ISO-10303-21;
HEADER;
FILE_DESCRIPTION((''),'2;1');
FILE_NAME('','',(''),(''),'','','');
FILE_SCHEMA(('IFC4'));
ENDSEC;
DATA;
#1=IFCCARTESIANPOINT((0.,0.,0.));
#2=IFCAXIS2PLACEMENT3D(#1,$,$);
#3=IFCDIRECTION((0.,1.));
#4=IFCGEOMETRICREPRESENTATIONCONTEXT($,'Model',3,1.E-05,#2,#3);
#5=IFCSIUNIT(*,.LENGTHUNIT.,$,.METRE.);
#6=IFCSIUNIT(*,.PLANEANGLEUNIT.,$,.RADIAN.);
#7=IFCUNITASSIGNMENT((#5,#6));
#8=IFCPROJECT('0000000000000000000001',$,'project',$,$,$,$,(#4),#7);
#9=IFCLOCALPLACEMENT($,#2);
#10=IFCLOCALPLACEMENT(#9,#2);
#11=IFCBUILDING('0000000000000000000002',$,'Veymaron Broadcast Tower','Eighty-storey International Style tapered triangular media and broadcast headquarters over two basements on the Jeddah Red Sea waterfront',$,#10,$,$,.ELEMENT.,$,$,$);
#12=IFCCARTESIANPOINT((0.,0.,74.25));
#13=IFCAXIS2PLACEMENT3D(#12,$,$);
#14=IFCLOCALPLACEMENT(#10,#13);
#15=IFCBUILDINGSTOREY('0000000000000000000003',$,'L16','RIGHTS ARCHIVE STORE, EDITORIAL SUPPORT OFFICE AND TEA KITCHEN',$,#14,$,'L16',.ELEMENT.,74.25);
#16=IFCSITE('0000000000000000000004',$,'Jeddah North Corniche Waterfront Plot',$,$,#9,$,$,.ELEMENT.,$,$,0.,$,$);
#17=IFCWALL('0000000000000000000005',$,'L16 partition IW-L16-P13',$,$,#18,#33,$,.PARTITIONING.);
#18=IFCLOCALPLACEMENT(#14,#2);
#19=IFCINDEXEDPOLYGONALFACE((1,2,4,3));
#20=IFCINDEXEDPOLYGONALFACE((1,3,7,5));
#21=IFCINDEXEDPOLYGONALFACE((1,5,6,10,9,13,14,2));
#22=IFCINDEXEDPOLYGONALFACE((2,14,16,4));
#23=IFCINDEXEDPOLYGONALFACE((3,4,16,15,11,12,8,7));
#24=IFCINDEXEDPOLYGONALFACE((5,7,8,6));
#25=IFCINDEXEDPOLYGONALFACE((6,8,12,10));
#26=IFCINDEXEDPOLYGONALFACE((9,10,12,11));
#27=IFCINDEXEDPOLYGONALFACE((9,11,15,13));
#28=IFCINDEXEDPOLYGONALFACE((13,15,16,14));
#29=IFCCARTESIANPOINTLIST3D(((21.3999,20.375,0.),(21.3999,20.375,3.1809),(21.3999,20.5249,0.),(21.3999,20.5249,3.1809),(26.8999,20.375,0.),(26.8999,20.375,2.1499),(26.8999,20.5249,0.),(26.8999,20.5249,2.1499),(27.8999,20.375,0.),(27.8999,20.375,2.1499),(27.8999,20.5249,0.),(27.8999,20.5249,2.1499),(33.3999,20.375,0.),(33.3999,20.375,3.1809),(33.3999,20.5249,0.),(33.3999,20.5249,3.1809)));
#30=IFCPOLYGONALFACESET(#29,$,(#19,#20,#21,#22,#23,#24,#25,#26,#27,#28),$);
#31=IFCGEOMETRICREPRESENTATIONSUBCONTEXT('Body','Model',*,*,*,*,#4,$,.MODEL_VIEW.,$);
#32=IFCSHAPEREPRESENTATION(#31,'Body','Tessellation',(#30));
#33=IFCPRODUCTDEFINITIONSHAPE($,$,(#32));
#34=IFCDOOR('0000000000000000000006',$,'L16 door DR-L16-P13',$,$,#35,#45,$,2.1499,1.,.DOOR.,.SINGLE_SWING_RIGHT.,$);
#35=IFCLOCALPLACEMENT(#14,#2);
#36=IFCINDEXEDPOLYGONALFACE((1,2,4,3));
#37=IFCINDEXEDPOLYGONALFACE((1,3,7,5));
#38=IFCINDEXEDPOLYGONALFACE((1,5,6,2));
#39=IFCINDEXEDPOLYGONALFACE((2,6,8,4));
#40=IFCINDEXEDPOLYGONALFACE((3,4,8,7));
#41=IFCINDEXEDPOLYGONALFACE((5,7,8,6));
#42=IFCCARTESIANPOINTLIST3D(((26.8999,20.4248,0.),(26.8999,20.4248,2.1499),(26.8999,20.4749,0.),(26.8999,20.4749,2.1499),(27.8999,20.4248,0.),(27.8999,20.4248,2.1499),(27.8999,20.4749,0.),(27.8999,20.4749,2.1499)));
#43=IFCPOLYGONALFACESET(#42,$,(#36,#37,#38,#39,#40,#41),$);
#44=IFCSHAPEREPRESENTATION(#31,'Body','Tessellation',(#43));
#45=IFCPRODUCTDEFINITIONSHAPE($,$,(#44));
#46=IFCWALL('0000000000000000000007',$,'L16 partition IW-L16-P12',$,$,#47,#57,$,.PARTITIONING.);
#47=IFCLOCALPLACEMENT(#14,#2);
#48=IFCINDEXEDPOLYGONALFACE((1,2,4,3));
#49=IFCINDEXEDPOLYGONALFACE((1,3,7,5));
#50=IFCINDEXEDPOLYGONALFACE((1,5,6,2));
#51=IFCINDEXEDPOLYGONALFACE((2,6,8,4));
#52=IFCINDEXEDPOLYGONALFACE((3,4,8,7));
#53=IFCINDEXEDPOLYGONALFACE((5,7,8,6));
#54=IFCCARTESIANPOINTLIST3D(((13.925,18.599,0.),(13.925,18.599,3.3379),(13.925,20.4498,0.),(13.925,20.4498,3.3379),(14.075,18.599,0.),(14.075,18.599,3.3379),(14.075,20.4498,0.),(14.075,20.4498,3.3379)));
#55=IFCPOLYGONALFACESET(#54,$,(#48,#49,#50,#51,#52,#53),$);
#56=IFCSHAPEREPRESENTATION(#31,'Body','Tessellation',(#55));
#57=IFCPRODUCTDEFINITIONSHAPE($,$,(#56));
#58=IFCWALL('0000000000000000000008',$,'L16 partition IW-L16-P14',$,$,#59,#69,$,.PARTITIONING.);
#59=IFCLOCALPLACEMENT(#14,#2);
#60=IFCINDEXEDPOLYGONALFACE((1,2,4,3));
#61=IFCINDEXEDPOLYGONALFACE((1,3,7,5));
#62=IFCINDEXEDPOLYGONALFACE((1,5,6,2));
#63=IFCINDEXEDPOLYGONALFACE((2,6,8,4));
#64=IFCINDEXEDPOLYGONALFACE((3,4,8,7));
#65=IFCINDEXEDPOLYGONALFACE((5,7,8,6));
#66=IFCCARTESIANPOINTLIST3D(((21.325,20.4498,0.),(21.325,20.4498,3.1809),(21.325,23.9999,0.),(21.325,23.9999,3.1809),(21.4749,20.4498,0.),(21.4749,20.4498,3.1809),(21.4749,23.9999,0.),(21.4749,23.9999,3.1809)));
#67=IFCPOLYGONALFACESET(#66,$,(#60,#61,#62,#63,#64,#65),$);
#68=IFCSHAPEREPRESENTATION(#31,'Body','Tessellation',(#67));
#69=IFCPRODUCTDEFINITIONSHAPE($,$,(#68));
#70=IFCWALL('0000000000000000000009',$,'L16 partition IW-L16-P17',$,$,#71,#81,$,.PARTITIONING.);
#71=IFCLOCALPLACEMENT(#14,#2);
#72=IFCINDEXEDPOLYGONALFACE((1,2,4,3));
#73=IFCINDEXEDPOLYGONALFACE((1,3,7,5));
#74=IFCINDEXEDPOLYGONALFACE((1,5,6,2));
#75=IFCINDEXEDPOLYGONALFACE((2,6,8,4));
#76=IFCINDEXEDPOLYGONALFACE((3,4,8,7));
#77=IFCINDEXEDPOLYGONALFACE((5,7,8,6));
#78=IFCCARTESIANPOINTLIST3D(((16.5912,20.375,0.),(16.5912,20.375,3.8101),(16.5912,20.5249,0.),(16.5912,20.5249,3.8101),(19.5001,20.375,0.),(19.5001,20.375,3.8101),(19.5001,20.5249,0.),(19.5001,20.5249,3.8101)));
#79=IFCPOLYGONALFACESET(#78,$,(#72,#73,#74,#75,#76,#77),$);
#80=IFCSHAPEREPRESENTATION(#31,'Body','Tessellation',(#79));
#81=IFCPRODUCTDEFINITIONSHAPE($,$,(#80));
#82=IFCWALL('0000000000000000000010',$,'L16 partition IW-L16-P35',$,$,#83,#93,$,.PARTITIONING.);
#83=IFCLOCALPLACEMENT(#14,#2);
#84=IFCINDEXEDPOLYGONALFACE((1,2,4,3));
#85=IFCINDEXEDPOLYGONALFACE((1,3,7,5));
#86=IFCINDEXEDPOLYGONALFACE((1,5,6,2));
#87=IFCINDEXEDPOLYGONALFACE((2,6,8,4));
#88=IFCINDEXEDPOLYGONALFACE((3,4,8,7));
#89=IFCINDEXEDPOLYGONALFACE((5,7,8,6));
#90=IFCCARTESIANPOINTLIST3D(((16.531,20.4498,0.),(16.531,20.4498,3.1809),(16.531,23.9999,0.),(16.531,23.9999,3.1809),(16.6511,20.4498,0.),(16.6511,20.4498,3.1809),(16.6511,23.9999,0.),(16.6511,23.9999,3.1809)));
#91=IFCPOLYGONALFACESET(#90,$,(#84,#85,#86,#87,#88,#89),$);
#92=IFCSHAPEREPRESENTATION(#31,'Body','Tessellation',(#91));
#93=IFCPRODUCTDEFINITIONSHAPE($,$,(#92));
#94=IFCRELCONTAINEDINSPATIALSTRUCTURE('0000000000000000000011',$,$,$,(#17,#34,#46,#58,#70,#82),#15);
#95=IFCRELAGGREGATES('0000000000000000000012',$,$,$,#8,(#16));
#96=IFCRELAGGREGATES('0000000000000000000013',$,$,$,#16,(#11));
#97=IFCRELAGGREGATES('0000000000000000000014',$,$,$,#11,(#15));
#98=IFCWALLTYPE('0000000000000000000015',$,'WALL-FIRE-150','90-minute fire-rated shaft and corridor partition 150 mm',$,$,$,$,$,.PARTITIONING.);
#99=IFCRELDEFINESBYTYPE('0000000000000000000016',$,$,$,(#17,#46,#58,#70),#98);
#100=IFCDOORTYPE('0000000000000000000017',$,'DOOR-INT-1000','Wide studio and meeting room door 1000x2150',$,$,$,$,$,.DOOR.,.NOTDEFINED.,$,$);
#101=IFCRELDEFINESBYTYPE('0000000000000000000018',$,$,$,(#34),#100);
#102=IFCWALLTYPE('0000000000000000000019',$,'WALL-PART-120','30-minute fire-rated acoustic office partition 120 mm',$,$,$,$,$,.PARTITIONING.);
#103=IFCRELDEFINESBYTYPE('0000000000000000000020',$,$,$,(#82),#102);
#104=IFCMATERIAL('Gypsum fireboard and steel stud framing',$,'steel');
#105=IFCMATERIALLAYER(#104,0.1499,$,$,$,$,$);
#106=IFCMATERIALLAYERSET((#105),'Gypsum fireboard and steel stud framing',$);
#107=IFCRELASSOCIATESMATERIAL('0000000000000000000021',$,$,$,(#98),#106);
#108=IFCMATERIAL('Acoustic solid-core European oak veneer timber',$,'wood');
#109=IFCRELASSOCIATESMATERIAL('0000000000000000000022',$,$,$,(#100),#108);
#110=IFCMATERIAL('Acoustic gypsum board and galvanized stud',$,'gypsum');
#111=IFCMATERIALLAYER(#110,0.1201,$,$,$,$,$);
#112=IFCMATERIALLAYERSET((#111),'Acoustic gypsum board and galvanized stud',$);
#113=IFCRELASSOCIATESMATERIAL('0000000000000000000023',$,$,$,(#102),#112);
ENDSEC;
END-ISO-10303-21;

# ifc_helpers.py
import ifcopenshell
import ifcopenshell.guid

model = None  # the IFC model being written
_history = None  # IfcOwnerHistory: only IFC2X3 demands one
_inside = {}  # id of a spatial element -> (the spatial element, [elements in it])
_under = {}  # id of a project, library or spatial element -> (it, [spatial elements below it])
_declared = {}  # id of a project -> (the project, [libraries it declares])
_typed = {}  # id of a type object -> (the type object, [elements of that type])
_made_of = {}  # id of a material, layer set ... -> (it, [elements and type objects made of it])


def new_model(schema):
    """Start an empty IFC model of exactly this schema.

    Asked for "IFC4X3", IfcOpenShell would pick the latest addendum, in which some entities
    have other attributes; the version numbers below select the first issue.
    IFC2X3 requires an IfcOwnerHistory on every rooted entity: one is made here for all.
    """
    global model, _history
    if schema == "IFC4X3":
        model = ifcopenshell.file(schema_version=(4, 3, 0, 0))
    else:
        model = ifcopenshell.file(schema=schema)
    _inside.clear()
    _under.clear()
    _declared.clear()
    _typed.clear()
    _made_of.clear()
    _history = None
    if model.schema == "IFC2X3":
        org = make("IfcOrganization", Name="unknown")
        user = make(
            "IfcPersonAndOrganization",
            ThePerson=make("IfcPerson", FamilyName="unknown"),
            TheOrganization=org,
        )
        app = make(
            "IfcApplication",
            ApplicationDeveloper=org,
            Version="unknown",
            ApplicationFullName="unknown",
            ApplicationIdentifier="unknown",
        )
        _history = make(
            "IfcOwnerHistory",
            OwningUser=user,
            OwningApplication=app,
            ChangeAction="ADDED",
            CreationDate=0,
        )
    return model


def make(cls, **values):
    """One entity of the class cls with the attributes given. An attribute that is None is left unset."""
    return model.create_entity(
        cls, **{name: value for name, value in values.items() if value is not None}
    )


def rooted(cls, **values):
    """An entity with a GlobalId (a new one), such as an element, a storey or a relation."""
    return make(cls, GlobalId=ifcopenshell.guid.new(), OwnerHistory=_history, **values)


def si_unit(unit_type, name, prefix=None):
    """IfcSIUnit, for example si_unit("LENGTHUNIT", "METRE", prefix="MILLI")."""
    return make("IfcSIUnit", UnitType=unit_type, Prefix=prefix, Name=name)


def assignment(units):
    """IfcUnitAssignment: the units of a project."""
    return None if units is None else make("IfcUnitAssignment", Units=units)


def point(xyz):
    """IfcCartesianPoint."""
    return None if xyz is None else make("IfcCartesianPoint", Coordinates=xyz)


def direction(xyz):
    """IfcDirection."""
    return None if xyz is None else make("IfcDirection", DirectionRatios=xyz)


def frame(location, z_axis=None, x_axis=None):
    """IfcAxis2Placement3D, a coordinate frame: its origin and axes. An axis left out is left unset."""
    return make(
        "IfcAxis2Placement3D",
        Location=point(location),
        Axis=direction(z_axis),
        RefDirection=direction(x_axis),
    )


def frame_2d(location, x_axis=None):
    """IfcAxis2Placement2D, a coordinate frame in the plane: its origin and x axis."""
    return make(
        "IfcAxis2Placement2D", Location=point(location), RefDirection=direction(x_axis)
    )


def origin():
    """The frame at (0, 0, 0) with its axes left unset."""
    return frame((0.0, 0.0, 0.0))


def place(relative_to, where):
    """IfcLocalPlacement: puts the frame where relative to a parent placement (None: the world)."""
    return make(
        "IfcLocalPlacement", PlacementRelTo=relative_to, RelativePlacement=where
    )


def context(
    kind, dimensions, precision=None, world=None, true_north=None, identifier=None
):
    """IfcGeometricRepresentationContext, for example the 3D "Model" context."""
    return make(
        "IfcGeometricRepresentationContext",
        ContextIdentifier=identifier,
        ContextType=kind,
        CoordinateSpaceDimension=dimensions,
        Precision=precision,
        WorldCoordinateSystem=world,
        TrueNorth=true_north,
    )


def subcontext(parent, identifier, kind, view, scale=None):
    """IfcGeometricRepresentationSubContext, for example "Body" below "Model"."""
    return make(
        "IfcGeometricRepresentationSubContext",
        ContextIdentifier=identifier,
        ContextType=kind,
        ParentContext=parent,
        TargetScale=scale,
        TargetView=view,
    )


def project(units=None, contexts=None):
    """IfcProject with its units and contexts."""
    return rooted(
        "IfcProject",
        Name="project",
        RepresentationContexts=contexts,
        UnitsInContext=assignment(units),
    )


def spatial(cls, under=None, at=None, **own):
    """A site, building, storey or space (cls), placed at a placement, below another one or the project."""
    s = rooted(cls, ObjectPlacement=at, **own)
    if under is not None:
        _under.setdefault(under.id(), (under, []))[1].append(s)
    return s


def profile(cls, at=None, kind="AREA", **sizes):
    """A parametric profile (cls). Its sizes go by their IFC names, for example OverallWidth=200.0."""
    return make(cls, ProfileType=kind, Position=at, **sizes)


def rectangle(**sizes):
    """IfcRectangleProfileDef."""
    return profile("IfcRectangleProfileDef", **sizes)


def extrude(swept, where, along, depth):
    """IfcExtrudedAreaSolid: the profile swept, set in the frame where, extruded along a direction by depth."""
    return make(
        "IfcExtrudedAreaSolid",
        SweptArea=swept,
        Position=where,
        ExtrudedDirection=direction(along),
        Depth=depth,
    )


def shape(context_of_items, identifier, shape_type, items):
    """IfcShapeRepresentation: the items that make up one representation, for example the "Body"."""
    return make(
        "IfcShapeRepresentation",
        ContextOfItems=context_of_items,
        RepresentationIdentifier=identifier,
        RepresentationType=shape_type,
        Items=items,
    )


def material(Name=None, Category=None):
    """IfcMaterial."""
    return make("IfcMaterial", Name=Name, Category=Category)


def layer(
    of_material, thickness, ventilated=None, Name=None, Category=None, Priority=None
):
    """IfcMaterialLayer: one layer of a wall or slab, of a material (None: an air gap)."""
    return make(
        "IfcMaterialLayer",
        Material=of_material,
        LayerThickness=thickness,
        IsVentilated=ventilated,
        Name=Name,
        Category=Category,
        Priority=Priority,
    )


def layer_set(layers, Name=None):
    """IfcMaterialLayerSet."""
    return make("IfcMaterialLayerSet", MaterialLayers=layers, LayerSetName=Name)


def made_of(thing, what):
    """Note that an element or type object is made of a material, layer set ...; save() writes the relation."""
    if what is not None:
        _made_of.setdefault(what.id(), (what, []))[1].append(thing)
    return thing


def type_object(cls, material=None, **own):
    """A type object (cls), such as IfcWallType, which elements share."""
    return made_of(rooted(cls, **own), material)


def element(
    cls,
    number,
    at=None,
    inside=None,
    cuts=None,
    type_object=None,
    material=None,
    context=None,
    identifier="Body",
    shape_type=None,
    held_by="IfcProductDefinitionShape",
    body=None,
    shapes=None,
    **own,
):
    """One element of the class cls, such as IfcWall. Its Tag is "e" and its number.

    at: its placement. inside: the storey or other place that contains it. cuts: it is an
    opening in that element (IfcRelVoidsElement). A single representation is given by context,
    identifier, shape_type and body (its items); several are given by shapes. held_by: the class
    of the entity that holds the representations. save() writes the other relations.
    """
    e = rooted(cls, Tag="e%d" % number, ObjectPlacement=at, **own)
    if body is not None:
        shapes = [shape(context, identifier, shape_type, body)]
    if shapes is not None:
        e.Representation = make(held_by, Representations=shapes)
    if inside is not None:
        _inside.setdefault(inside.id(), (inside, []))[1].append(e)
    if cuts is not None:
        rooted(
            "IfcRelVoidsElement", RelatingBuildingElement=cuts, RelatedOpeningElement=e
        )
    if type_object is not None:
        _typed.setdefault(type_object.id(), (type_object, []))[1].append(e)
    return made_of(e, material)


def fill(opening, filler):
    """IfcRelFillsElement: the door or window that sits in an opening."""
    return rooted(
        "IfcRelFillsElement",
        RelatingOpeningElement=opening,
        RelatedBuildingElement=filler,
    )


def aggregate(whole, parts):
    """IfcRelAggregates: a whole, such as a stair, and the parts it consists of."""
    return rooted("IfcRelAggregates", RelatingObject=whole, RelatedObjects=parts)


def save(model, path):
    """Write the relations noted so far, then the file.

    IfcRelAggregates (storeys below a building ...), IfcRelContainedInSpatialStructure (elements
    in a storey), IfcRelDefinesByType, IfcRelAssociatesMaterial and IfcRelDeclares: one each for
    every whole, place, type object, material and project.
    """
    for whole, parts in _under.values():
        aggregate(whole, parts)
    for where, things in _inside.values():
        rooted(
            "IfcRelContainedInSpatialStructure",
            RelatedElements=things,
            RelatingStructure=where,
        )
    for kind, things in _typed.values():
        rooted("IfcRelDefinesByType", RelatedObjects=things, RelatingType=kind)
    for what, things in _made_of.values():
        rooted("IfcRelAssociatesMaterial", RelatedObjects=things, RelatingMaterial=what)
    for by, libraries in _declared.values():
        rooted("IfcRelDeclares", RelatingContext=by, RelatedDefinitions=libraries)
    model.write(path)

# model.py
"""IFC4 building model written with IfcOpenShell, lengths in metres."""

from ifc_helpers import new_model, si_unit, direction, frame, frame_2d, origin, place, context, subcontext, project, spatial, rectangle, extrude, material, layer, layer_set, type_object, element, fill, save


model = new_model("IFC4")

# Units and contexts
model_context = context("Model", 3, precision=1e-05, world=origin(), true_north=direction((0.0, 1.0)))
body_context = subcontext(model_context, "Body", "Model", "MODEL_VIEW")
ifc_project = project(units=[si_unit("LENGTHUNIT", "METRE"), si_unit("PLANEANGLEUNIT", "RADIAN")], contexts=[model_context])

# Site, building, storey
site_placement = place(None, origin())
site = spatial("IfcSite", under=ifc_project, at=site_placement, Name="Jeddah North Corniche Waterfront Plot", CompositionType="ELEMENT", RefElevation=0.0)
building_placement = place(site_placement, origin())
building = spatial("IfcBuilding", under=site, at=building_placement, Name="Veymaron Broadcast Tower", Description="Eighty-storey International Style tapered triangular media and broadcast headquarters over two basements on the Jeddah Red Sea waterfront", CompositionType="ELEMENT")
storey_placement = place(building_placement, frame((0.0, 0.0, 74.25)))
storey = spatial("IfcBuildingStorey", under=building, at=storey_placement, Name="L16", Description="RIGHTS ARCHIVE STORE, EDITORIAL SUPPORT OFFICE AND TEA KITCHEN", LongName="L16", CompositionType="ELEMENT", Elevation=74.25)

# Wall, opening, door
ifc_material_1 = material(Name="Gypsum fireboard and steel stud framing", Category="steel")
ifc_layer_1 = layer(ifc_material_1, 0.1499)
ifc_layer_set_1 = layer_set([ifc_layer_1], Name="Gypsum fireboard and steel stud framing")
wall_type_1 = type_object("IfcWallType", Name="WALL-FIRE-150", Description="90-minute fire-rated shaft and corridor partition 150 mm", PredefinedType="PARTITIONING", material=ifc_layer_set_1)
ifc_material_2 = material(Name="Acoustic solid-core European oak veneer timber", Category="wood")
door_type_1 = type_object("IfcDoorType", Name="DOOR-INT-1000", Description="Wide studio and meeting room door 1000x2150", OperationType="NOTDEFINED", PredefinedType="DOOR", material=ifc_material_2)
wall_1_placement = place(storey_placement, frame((21.3999, 20.45, 0.0), z_axis=(0.0, 0.0, 1.0), x_axis=(1.0, 0.0, 0.0)))
wall_1 = element("IfcWall", 1, at=wall_1_placement, inside=storey, type_object=wall_type_1, Name="L16 partition IW-L16-P13", PredefinedType="PARTITIONING", context=body_context, shape_type="SweptSolid", body=[
    extrude(rectangle(XDim=12.0, YDim=0.1499, at=frame_2d((6.0, 0.0))), origin(), (0.0, 0.0, 1.0), 3.1809),
])
opening_1_placement = place(wall_1_placement, frame((5.5, 0.0, 0.0)))
opening_1 = element("IfcOpeningElement", 2, at=opening_1_placement, cuts=wall_1, PredefinedType="OPENING", context=body_context, shape_type="SweptSolid", body=[
    extrude(rectangle(XDim=1.0, YDim=2.1499, at=frame_2d((0.5, 1.075))), frame((0.0, 0.085, 0.0), z_axis=(0.0, -1.0, 0.0), x_axis=(1.0, 0.0, 0.0)), (0.0, 0.0, 1.0), 0.1699),
])
door_1_placement = place(opening_1_placement, origin())
door_1 = element("IfcDoor", 3, at=door_1_placement, inside=storey, type_object=door_type_1, Name="L16 door DR-L16-P13", OperationType="SINGLE_SWING_RIGHT", OverallHeight=2.1499, OverallWidth=1.0, PredefinedType="DOOR", context=body_context, shape_type="SweptSolid", body=[
    extrude(rectangle(XDim=1.0, YDim=2.1499, at=frame_2d((0.5, 1.075))), frame((0.0, 0.0249, 0.0), z_axis=(0.0, -1.0, 0.0), x_axis=(1.0, 0.0, 0.0)), (0.0, 0.0, 1.0), 0.05),
])
fill(opening_1, door_1)

# Walls
wall_2_placement = place(storey_placement, frame((14.0, 18.5991, 0.0), z_axis=(0.0, 0.0, 1.0), x_axis=(0.0, 1.0, 0.0)))
element("IfcWall", 4, at=wall_2_placement, inside=storey, type_object=wall_type_1, Name="L16 partition IW-L16-P12", PredefinedType="PARTITIONING", context=body_context, shape_type="SweptSolid", body=[
    extrude(rectangle(XDim=1.8508, YDim=0.1499, at=frame_2d((0.9253, 0.0))), origin(), (0.0, 0.0, 1.0), 3.3379),
])
wall_3_placement = place(storey_placement, frame((21.3999, 20.45, 0.0), z_axis=(0.0, 0.0, 1.0), x_axis=(0.0, 1.0, 0.0)))
element("IfcWall", 5, at=wall_3_placement, inside=storey, type_object=wall_type_1, Name="L16 partition IW-L16-P14", PredefinedType="PARTITIONING", context=body_context, shape_type="SweptSolid", body=[
    extrude(rectangle(XDim=3.55, YDim=0.1499, at=frame_2d((1.7749, 0.0))), origin(), (0.0, 0.0, 1.0), 3.1809),
])
wall_4_placement = place(storey_placement, frame((16.5911, 20.45, 0.0), z_axis=(0.0, 0.0, 1.0), x_axis=(1.0, 0.0, 0.0)))
element("IfcWall", 6, at=wall_4_placement, inside=storey, type_object=wall_type_1, Name="L16 partition IW-L16-P17", PredefinedType="PARTITIONING", context=body_context, shape_type="SweptSolid", body=[
    extrude(rectangle(XDim=2.9089, YDim=0.1499, at=frame_2d((1.4546, 0.0))), origin(), (0.0, 0.0, 1.0), 3.8101),
])
ifc_material_3 = material(Name="Acoustic gypsum board and galvanized stud", Category="gypsum")
ifc_layer_2 = layer(ifc_material_3, 0.1201)
ifc_layer_set_2 = layer_set([ifc_layer_2], Name="Acoustic gypsum board and galvanized stud")
wall_type_2 = type_object("IfcWallType", Name="WALL-PART-120", Description="30-minute fire-rated acoustic office partition 120 mm", PredefinedType="PARTITIONING", material=ifc_layer_set_2)
wall_5_placement = place(storey_placement, frame((16.5911, 20.45, 0.0), z_axis=(0.0, 0.0, 1.0), x_axis=(0.0, 1.0, 0.0)))
element("IfcWall", 7, at=wall_5_placement, inside=storey, type_object=wall_type_2, Name="L16 partition IW-L16-P35", PredefinedType="PARTITIONING", context=body_context, shape_type="SweptSolid", body=[
    extrude(rectangle(XDim=3.55, YDim=0.1201, at=frame_2d((1.7749, 0.0))), origin(), (0.0, 0.0, 1.0), 3.1809),
])

save(model, "model.ifc")
